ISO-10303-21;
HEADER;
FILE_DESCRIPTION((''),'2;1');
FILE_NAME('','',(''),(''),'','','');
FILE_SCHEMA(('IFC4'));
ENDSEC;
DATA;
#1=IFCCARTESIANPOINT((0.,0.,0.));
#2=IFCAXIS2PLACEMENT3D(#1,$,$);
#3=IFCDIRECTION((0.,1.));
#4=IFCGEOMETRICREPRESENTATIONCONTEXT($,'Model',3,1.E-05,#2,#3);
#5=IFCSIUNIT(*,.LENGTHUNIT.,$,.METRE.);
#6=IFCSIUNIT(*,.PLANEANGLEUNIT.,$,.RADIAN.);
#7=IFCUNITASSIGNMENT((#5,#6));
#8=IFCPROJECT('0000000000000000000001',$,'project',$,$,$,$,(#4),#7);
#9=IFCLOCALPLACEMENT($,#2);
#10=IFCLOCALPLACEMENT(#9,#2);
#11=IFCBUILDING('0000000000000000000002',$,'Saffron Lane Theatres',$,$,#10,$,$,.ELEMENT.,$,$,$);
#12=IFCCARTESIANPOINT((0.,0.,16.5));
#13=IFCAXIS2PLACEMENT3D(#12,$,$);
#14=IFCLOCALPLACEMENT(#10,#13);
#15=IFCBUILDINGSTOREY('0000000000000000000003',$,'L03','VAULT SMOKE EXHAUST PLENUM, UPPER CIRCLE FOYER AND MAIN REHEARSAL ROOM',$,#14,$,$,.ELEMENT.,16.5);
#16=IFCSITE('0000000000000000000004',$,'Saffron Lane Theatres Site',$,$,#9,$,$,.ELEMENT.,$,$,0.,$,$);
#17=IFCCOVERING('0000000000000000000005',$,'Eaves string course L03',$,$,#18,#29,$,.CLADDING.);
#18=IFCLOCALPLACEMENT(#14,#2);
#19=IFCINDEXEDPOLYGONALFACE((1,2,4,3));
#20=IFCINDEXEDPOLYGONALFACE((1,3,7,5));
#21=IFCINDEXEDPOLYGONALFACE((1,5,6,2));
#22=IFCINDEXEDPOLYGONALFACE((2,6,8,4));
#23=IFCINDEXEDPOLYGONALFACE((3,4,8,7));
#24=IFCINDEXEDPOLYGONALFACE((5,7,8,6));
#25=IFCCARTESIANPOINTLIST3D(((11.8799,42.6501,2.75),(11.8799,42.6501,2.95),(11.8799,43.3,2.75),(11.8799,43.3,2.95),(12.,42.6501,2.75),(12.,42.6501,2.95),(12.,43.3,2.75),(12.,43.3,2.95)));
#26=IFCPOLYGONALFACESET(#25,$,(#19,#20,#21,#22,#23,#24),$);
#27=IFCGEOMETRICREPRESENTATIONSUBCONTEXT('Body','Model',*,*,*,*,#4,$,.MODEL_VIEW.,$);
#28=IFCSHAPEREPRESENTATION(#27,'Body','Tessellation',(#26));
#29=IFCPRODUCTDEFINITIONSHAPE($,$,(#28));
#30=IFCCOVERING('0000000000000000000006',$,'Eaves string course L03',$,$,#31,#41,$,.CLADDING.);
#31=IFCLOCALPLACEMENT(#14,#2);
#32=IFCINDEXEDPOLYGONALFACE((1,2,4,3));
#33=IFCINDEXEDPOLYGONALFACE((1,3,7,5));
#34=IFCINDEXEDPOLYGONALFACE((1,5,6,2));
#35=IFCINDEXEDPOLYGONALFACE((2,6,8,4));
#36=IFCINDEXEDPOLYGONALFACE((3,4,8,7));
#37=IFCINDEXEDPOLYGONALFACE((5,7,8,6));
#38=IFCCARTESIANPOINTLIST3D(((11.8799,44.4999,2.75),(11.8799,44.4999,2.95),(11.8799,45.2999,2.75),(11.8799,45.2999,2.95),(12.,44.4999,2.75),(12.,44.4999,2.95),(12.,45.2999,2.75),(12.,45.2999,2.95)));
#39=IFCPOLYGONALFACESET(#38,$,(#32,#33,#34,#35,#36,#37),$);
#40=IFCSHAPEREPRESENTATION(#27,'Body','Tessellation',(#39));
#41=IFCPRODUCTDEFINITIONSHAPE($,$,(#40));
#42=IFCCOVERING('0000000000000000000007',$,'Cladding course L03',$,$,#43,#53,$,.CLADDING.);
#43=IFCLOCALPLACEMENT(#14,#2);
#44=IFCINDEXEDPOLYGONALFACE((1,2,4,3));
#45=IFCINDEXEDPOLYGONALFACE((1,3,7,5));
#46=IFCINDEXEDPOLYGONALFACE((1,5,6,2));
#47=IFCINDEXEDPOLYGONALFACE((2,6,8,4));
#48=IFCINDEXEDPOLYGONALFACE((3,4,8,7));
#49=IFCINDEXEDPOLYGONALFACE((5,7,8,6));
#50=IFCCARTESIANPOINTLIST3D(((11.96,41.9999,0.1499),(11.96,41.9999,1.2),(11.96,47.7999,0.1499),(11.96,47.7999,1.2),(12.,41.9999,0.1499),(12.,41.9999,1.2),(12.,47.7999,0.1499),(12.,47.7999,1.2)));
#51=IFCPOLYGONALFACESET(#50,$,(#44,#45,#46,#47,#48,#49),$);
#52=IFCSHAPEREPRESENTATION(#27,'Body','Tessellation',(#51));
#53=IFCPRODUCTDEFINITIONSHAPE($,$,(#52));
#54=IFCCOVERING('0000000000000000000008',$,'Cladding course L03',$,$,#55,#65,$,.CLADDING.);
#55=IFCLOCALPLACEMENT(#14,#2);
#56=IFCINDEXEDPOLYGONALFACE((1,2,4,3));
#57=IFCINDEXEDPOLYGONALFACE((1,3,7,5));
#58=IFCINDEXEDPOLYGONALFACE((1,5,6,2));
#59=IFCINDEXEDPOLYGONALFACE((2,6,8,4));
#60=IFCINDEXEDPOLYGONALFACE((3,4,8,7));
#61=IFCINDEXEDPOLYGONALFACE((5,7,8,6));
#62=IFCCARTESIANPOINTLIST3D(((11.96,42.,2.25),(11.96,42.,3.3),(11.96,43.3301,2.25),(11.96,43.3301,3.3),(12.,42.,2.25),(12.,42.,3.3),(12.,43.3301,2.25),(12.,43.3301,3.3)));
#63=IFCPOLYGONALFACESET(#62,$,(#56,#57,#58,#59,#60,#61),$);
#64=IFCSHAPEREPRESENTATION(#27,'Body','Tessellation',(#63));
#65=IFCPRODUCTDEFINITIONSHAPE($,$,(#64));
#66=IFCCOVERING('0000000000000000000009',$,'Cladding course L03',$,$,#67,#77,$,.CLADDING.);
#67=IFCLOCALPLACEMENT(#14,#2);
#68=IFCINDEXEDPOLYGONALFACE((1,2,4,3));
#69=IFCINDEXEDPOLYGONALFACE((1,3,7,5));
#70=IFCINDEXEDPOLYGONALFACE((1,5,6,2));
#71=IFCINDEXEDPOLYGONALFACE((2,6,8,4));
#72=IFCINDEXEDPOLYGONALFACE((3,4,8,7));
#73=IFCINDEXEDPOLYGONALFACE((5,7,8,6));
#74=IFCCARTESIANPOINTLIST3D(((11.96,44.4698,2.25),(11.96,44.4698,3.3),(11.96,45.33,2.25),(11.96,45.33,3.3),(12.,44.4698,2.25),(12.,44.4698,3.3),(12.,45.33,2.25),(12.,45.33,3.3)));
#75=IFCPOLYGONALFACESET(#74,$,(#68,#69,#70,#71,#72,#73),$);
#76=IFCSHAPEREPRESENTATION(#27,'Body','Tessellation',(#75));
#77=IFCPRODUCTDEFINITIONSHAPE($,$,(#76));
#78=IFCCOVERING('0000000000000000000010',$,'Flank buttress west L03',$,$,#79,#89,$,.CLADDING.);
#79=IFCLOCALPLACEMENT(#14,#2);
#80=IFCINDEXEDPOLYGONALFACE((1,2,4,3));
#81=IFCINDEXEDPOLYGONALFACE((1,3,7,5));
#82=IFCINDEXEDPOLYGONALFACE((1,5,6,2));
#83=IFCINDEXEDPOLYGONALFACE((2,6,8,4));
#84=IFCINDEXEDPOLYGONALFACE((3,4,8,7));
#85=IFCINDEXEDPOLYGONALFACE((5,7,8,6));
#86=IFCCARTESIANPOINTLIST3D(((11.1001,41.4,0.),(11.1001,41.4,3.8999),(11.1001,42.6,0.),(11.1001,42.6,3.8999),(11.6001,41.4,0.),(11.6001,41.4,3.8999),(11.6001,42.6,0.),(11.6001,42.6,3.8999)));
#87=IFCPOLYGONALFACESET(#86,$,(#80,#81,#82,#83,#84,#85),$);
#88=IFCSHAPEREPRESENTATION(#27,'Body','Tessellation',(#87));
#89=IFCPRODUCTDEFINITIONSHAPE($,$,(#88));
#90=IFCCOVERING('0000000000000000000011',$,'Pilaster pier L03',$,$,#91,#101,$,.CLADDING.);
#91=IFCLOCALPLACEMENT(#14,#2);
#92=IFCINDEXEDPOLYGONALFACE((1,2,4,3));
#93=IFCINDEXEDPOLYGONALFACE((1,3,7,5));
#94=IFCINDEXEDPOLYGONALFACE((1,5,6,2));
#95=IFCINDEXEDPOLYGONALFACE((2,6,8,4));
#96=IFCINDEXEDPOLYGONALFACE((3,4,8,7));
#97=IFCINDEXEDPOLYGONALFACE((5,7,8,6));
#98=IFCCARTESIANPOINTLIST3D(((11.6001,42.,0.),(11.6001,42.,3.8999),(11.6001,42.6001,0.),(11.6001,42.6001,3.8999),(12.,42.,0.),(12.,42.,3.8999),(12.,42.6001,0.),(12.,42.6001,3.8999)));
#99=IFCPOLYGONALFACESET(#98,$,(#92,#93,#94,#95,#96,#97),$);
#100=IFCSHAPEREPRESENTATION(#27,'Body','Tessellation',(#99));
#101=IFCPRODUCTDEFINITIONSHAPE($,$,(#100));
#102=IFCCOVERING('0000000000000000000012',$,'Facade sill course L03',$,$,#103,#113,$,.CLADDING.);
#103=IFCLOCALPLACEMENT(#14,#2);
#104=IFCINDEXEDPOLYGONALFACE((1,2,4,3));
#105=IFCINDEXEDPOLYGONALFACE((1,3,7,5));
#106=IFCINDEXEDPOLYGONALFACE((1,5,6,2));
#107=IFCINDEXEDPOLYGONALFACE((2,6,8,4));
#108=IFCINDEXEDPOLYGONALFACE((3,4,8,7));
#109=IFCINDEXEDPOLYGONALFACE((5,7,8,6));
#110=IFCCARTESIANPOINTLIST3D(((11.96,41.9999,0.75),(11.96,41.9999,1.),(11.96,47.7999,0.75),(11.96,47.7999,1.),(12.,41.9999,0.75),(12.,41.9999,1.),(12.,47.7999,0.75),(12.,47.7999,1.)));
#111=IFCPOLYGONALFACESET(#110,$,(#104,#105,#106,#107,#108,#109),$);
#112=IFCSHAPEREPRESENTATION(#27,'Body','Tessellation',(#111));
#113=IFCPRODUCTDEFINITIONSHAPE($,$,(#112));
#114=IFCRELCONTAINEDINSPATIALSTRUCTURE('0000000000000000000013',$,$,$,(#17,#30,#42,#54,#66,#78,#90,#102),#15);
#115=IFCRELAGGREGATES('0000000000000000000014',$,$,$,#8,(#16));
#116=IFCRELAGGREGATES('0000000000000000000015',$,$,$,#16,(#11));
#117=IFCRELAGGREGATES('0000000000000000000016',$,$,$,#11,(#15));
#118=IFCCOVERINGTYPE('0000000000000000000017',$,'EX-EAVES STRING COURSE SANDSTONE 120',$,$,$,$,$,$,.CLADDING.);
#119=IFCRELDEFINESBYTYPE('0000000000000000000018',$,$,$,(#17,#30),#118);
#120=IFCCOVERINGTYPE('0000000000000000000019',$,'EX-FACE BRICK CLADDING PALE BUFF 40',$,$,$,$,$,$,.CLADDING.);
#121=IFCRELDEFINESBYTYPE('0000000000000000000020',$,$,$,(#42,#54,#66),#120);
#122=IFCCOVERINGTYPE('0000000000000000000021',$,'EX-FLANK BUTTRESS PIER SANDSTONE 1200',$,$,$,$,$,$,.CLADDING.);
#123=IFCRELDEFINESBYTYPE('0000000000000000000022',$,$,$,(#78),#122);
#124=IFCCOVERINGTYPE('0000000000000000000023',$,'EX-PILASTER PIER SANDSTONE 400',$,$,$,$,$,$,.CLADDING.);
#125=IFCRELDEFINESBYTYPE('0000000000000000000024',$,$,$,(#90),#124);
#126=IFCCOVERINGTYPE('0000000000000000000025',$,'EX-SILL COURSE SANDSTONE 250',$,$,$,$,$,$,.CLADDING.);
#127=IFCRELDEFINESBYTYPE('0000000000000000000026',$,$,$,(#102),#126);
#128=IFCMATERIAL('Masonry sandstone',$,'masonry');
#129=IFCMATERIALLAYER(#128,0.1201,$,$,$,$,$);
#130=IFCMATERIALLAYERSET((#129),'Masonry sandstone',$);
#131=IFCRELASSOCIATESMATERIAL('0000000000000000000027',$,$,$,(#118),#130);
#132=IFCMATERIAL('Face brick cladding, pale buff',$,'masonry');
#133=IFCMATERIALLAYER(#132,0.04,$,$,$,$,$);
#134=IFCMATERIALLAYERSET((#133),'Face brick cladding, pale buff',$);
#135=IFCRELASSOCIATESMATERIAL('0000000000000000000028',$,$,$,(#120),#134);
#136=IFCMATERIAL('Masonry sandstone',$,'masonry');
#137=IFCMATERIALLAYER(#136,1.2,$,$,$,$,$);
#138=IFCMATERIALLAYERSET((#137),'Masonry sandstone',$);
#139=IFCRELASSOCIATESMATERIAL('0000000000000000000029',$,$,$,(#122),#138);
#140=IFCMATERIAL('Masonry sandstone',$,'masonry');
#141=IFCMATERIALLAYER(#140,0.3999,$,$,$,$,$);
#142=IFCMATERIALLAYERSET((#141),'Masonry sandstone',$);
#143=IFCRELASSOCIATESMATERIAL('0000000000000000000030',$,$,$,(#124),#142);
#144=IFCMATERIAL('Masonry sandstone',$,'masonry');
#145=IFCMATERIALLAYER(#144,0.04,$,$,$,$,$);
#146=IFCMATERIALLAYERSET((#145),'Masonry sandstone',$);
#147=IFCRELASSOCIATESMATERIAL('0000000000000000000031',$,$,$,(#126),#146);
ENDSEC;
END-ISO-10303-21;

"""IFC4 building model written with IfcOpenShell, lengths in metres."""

from ifc_helpers import new_model, si_unit, direction, frame, origin, origin_2d, place, context, subcontext, project, spatial, rectangle, extrude, material, layer, layer_set, type_object, element, save


model = new_model("IFC4")

# Units and contexts
model_context = context("Model", 3, precision=1e-05, world=origin(), true_north=direction((0.0, 1.0)))
body_context = subcontext(model_context, "Body", "Model", "MODEL_VIEW")
ifc_project = project(units=[si_unit("LENGTHUNIT", "METRE"), si_unit("PLANEANGLEUNIT", "RADIAN")], contexts=[model_context])

# Site, building, storey
site_placement = place(None, origin())
site = spatial("IfcSite", under=ifc_project, at=site_placement, Name="Saffron Lane Theatres Site", CompositionType="ELEMENT", RefElevation=0.0)
building_placement = place(site_placement, origin())
building = spatial("IfcBuilding", under=site, at=building_placement, Name="Saffron Lane Theatres", CompositionType="ELEMENT")
storey_placement = place(building_placement, frame((0.0, 0.0, 16.5)))
storey = spatial("IfcBuildingStorey", under=building, at=storey_placement, Name="L03", Description="VAULT SMOKE EXHAUST PLENUM, UPPER CIRCLE FOYER AND MAIN REHEARSAL ROOM", CompositionType="ELEMENT", Elevation=16.5)

# Coverings
ifc_material_1 = material(Name="Masonry sandstone", Category="masonry")
ifc_layer_1 = layer(ifc_material_1, 0.1201)
ifc_layer_set_1 = layer_set([ifc_layer_1], Name="Masonry sandstone")
covering_type_1 = type_object("IfcCoveringType", Name="EX-EAVES STRING COURSE SANDSTONE 120", PredefinedType="CLADDING", material=ifc_layer_set_1)
covering_1_placement = place(storey_placement, frame((11.9399, 42.9751, 2.75), z_axis=(0.0, 0.0, 1.0), x_axis=(0.0, 1.0, 0.0)))
element("IfcCovering", 1, at=covering_1_placement, inside=storey, type_object=covering_type_1, Name="Eaves string course L03", PredefinedType="CLADDING", context=body_context, shape_type="SweptSolid", body=[
    extrude(rectangle(XDim=0.6499, YDim=0.1201, at=origin_2d()), origin(), (0.0, 0.0, 1.0), 0.2),
])
covering_2_placement = place(storey_placement, frame((11.9399, 44.8999, 2.75), z_axis=(0.0, 0.0, 1.0), x_axis=(0.0, 1.0, 0.0)))
element("IfcCovering", 2, at=covering_2_placement, inside=storey, type_object=covering_type_1, Name="Eaves string course L03", PredefinedType="CLADDING", context=body_context, shape_type="SweptSolid", body=[
    extrude(rectangle(XDim=0.8, YDim=0.1201, at=origin_2d()), origin(), (0.0, 0.0, 1.0), 0.2),
])
ifc_material_2 = material(Name="Face brick cladding, pale buff", Category="masonry")
ifc_layer_2 = layer(ifc_material_2, 0.04)
ifc_layer_set_2 = layer_set([ifc_layer_2], Name="Face brick cladding, pale buff")
covering_type_2 = type_object("IfcCoveringType", Name="EX-FACE BRICK CLADDING PALE BUFF 40", PredefinedType="CLADDING", material=ifc_layer_set_2)
covering_3_placement = place(storey_placement, frame((11.98, 44.8999, 0.1499), z_axis=(0.0, 0.0, 1.0), x_axis=(0.0, 1.0, 0.0)))
element("IfcCovering", 3, at=covering_3_placement, inside=storey, type_object=covering_type_2, Name="Cladding course L03", PredefinedType="CLADDING", context=body_context, shape_type="SweptSolid", body=[
    extrude(rectangle(XDim=5.8, YDim=0.04, at=origin_2d()), origin(), (0.0, 0.0, 1.0), 1.05),
])
covering_4_placement = place(storey_placement, frame((11.98, 42.665, 2.25), z_axis=(0.0, 0.0, 1.0), x_axis=(0.0, 1.0, 0.0)))
element("IfcCovering", 4, at=covering_4_placement, inside=storey, type_object=covering_type_2, Name="Cladding course L03", PredefinedType="CLADDING", context=body_context, shape_type="SweptSolid", body=[
    extrude(rectangle(XDim=1.3301, YDim=0.04, at=origin_2d()), origin(), (0.0, 0.0, 1.0), 1.05),
])
covering_5_placement = place(storey_placement, frame((11.98, 44.8999, 2.25), z_axis=(0.0, 0.0, 1.0), x_axis=(0.0, 1.0, 0.0)))
element("IfcCovering", 5, at=covering_5_placement, inside=storey, type_object=covering_type_2, Name="Cladding course L03", PredefinedType="CLADDING", context=body_context, shape_type="SweptSolid", body=[
    extrude(rectangle(XDim=0.8601, YDim=0.04, at=origin_2d()), origin(), (0.0, 0.0, 1.0), 1.05),
])
ifc_material_3 = material(Name="Masonry sandstone", Category="masonry")
ifc_layer_3 = layer(ifc_material_3, 1.2)
ifc_layer_set_3 = layer_set([ifc_layer_3], Name="Masonry sandstone")
covering_type_3 = type_object("IfcCoveringType", Name="EX-FLANK BUTTRESS PIER SANDSTONE 1200", PredefinedType="CLADDING", material=ifc_layer_set_3)
covering_6_placement = place(storey_placement, frame((11.3501, 42.0, 0.0), z_axis=(0.0, 0.0, 1.0), x_axis=(0.0, 1.0, 0.0)))
element("IfcCovering", 6, at=covering_6_placement, inside=storey, type_object=covering_type_3, Name="Flank buttress west L03", PredefinedType="CLADDING", context=body_context, shape_type="SweptSolid", body=[
    extrude(rectangle(XDim=1.2, YDim=0.5, at=origin_2d()), origin(), (0.0, 0.0, 1.0), 3.8999),
])
ifc_material_4 = material(Name="Masonry sandstone", Category="masonry")
ifc_layer_4 = layer(ifc_material_4, 0.3999)
ifc_layer_set_4 = layer_set([ifc_layer_4], Name="Masonry sandstone")
covering_type_4 = type_object("IfcCoveringType", Name="EX-PILASTER PIER SANDSTONE 400", PredefinedType="CLADDING", material=ifc_layer_set_4)
covering_7_placement = place(storey_placement, frame((11.8, 42.3, 0.0), z_axis=(0.0, 0.0, 1.0), x_axis=(0.0, 1.0, 0.0)))
element("IfcCovering", 7, at=covering_7_placement, inside=storey, type_object=covering_type_4, Name="Pilaster pier L03", PredefinedType="CLADDING", context=body_context, shape_type="SweptSolid", body=[
    extrude(rectangle(XDim=0.6001, YDim=0.3999, at=origin_2d()), origin(), (0.0, 0.0, 1.0), 3.8999),
])
ifc_material_5 = material(Name="Masonry sandstone", Category="masonry")
ifc_layer_5 = layer(ifc_material_5, 0.04)
ifc_layer_set_5 = layer_set([ifc_layer_5], Name="Masonry sandstone")
covering_type_5 = type_object("IfcCoveringType", Name="EX-SILL COURSE SANDSTONE 250", PredefinedType="CLADDING", material=ifc_layer_set_5)
covering_8_placement = place(storey_placement, frame((11.98, 44.8999, 0.75), z_axis=(0.0, 0.0, 1.0), x_axis=(0.0, 1.0, 0.0)))
element("IfcCovering", 8, at=covering_8_placement, inside=storey, type_object=covering_type_5, Name="Facade sill course L03", PredefinedType="CLADDING", context=body_context, shape_type="SweptSolid", body=[
    extrude(rectangle(XDim=5.8, YDim=0.04, at=origin_2d()), origin(), (0.0, 0.0, 1.0), 0.25),
])

save(model, "model.ifc")
